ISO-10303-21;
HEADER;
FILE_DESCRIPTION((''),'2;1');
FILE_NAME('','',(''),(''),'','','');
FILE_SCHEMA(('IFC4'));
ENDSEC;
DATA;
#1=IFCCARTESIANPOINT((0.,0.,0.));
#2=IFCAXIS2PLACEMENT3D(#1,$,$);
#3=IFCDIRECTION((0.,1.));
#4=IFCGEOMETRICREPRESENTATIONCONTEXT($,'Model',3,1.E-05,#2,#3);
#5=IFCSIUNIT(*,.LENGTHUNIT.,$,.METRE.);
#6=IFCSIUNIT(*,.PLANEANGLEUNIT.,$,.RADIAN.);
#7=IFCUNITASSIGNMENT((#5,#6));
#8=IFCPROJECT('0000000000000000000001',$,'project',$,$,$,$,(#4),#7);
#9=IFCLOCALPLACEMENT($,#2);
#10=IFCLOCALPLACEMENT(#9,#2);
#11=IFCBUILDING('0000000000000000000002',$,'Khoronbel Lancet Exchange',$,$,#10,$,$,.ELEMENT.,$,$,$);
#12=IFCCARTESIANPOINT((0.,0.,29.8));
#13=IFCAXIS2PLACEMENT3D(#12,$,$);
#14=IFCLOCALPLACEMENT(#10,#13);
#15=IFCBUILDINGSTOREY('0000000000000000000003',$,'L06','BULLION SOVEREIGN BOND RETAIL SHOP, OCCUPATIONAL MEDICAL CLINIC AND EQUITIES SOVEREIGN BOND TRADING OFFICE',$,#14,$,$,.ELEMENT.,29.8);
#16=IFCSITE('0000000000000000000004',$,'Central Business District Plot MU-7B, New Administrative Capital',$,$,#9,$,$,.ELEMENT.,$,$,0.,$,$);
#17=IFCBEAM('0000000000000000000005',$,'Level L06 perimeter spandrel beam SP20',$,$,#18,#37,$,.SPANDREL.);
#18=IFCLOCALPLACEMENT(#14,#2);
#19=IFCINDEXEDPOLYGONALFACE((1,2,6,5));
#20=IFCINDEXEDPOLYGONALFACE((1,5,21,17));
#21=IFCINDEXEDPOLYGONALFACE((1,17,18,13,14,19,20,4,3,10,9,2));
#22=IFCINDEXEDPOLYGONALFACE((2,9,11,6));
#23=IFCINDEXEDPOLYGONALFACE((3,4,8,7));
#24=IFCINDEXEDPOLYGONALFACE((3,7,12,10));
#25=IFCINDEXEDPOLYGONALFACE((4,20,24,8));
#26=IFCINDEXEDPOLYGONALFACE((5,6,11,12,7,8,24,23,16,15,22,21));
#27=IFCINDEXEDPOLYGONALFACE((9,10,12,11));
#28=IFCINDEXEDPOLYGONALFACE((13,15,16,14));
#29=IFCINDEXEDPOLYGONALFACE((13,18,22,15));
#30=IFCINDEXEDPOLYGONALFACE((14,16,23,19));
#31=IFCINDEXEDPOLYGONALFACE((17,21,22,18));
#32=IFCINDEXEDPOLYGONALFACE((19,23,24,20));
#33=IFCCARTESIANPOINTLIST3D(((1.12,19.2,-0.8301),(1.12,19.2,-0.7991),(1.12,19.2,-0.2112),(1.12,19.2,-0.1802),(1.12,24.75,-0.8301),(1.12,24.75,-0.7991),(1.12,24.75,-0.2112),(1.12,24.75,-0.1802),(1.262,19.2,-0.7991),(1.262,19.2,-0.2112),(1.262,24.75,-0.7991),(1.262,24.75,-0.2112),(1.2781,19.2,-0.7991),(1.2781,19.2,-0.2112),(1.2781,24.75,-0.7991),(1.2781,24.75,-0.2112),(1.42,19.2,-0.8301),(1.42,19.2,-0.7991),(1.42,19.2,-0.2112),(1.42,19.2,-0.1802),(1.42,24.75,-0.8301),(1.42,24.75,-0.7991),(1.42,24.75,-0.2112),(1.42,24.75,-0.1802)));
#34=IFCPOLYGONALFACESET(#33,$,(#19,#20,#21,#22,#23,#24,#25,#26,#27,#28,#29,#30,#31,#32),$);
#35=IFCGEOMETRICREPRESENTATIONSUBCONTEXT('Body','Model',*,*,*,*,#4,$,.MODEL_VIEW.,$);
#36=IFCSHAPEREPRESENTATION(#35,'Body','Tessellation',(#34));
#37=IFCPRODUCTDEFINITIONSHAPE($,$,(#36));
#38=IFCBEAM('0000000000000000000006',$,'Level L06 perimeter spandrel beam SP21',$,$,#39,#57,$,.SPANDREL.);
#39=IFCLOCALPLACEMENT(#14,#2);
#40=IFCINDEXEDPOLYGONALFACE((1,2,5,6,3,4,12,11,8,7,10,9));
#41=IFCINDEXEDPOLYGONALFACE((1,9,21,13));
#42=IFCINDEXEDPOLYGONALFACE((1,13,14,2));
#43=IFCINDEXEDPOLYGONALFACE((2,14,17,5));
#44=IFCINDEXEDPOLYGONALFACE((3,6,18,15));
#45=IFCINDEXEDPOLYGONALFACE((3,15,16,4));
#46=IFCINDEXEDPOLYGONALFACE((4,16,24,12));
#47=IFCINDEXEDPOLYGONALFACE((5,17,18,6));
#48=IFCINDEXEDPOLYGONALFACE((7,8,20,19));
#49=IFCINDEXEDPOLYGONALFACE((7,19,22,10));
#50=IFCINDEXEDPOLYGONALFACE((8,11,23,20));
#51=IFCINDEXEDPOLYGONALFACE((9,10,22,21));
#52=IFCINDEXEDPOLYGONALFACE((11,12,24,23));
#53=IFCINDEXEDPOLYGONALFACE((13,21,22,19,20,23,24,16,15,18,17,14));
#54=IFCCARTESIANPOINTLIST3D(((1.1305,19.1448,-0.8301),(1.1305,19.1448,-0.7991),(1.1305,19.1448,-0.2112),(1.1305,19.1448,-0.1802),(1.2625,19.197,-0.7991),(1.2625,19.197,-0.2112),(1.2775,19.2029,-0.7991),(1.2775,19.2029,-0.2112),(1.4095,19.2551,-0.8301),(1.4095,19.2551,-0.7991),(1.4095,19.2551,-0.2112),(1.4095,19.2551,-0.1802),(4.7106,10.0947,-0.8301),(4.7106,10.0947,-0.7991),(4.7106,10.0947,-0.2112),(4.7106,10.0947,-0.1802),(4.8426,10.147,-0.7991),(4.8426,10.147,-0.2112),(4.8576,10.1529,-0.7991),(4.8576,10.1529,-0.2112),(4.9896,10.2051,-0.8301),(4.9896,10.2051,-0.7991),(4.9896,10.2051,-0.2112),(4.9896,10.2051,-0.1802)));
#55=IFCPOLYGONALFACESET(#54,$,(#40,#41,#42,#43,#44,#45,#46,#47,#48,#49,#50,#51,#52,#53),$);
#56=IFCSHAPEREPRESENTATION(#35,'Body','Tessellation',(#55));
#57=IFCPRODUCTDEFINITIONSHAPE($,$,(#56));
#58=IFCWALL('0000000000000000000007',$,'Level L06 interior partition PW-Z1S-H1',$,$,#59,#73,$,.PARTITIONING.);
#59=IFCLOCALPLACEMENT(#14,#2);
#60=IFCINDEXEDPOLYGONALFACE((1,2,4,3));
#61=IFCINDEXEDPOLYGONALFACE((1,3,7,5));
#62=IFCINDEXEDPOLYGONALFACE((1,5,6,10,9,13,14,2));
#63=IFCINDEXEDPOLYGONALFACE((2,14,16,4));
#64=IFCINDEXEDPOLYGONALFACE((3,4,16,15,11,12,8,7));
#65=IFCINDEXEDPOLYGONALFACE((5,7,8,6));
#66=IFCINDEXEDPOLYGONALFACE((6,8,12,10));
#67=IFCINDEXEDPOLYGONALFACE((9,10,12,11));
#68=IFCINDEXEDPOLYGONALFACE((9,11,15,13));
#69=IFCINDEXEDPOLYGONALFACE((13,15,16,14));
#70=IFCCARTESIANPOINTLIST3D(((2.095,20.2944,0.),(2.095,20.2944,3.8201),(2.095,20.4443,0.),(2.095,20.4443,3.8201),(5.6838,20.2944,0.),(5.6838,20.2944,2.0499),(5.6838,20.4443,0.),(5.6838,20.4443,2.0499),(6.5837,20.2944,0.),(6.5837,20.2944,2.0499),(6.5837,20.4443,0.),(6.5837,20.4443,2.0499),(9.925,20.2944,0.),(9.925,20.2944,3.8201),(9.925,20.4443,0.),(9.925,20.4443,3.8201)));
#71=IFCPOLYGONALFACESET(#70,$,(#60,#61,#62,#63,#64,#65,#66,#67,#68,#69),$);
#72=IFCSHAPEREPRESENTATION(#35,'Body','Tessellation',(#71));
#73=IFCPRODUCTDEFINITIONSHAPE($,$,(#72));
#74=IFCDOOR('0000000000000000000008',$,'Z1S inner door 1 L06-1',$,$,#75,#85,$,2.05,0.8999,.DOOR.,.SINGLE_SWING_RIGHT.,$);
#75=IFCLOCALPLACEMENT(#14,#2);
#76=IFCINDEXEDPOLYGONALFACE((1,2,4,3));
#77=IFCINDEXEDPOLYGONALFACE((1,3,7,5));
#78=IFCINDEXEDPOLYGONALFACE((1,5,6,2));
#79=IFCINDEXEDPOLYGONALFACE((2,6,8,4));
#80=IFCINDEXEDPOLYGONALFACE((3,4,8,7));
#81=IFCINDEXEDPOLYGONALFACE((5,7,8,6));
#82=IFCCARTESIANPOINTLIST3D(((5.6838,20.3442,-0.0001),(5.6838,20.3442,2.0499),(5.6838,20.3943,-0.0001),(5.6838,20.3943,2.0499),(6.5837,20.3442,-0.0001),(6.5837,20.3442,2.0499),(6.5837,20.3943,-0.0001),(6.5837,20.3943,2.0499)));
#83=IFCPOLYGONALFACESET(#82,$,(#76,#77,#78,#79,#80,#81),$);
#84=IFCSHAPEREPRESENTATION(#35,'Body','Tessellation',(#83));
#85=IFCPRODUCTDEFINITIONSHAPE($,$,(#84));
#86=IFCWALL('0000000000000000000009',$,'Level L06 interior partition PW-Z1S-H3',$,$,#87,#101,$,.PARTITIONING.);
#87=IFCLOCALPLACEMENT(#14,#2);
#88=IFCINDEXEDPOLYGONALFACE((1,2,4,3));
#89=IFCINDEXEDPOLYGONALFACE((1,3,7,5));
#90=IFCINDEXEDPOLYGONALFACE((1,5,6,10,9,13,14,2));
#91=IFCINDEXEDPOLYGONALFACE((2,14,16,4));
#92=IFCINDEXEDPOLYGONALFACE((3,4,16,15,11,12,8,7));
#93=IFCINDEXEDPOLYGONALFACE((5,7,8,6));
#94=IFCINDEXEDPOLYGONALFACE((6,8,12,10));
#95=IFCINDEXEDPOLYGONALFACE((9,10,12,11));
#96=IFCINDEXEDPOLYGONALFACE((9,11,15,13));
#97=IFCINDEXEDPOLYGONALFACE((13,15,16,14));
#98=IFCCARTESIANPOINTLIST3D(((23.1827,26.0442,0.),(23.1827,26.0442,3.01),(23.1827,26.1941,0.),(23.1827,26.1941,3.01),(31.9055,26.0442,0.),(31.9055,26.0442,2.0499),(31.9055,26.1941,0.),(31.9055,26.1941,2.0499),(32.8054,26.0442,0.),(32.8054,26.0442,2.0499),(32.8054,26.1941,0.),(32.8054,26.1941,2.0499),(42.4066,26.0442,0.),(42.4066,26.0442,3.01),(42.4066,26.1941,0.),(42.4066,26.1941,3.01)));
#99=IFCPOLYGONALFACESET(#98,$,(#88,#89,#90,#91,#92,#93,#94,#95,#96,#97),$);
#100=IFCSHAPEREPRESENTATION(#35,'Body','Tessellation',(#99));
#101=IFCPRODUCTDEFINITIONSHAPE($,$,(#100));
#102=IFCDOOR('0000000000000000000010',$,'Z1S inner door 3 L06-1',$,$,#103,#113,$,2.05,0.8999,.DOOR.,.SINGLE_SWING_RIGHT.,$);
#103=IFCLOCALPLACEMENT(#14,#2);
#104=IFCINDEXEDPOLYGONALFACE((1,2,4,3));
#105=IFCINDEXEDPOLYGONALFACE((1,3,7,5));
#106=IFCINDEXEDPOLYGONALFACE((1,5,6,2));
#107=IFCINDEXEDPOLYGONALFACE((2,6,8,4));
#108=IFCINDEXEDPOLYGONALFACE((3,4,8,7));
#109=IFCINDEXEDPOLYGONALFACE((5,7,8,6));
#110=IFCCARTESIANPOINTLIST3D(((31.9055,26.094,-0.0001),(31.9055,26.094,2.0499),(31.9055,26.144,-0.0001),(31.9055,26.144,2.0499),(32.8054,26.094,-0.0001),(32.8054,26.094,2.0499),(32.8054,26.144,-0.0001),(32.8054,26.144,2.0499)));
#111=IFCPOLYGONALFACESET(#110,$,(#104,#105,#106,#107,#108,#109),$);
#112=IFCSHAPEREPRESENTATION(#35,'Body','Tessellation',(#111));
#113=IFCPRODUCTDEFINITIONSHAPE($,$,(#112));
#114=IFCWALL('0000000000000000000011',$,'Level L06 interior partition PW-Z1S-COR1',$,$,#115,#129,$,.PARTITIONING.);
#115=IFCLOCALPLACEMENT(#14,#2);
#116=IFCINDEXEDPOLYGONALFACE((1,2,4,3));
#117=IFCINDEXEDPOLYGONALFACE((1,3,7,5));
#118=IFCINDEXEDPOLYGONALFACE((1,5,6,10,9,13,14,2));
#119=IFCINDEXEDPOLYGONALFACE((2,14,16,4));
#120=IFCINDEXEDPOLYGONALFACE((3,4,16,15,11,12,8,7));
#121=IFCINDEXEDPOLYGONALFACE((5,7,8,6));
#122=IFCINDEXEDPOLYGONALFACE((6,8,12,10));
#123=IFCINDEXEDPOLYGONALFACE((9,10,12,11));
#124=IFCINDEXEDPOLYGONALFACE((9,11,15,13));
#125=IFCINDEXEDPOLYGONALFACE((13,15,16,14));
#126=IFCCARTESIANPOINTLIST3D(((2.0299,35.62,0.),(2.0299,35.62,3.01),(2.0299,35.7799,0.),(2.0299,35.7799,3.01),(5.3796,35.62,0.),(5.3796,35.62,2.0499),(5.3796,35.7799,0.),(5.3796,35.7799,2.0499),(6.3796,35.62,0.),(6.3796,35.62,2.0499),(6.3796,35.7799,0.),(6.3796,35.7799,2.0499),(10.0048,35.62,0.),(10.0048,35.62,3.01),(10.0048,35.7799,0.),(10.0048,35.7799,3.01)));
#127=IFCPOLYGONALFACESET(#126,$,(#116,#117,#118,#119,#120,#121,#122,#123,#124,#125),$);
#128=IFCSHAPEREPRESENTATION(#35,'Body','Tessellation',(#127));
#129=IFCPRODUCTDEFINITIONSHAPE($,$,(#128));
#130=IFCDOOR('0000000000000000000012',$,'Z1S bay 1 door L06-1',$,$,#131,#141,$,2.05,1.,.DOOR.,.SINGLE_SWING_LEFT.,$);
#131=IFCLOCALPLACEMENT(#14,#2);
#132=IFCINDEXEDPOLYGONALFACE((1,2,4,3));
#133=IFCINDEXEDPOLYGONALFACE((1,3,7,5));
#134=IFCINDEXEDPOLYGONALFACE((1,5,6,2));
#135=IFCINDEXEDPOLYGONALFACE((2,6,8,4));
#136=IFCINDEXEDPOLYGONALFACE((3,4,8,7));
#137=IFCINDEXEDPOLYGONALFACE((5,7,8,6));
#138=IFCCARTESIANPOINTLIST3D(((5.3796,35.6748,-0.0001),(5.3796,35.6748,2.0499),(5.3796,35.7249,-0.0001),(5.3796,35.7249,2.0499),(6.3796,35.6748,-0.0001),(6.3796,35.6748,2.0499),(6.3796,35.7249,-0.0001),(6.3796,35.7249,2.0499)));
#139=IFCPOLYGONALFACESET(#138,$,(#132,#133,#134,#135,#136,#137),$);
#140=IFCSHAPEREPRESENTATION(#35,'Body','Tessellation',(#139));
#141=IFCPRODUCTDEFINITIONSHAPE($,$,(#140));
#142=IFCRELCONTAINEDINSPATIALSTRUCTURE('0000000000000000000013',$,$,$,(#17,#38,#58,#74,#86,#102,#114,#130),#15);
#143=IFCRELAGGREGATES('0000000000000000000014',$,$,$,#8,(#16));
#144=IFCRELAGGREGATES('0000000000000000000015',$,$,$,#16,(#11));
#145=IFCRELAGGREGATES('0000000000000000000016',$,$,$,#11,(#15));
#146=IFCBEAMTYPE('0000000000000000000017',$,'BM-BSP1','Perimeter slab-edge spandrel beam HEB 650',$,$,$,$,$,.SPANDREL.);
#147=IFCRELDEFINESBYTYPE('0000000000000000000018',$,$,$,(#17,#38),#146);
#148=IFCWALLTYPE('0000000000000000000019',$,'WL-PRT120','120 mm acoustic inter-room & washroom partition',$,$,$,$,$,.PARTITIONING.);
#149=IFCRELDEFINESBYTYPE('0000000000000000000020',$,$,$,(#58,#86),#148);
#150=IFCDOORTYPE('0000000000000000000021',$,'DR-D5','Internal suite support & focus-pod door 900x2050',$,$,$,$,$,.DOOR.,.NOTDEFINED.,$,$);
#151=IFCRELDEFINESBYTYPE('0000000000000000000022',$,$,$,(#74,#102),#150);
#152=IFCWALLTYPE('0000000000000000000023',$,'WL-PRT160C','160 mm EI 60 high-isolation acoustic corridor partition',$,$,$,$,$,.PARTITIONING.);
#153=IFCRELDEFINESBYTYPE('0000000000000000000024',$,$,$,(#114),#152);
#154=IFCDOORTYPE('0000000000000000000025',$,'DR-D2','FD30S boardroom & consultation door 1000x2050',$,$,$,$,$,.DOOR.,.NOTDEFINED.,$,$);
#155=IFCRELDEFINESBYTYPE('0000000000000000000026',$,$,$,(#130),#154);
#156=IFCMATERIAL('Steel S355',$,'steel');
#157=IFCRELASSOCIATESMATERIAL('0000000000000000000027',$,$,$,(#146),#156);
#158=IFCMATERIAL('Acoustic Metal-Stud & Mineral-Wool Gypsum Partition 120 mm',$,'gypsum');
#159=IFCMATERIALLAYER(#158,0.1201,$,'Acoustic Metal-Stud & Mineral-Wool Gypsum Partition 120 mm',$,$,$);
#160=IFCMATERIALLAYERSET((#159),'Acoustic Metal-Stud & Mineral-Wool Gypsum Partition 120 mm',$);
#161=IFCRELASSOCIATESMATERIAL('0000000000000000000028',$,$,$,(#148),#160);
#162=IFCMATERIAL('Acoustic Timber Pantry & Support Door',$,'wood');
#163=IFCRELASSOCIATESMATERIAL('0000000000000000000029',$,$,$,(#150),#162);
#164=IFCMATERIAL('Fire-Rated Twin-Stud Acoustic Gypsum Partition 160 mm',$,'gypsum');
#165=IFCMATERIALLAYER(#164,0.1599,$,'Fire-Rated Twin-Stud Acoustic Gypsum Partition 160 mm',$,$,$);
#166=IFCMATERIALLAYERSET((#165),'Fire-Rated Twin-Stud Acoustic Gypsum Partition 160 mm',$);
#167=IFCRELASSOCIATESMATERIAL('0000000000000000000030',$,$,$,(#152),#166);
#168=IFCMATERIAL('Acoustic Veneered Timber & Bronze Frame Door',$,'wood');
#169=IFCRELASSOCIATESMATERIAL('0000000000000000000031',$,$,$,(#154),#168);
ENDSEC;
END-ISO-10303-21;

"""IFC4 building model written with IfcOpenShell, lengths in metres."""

from ifc_helpers import new_model, si_unit, direction, frame, frame_2d, origin, origin_2d, place, context, subcontext, project, spatial, rectangle, i_section, extrude, material, layer, layer_set, material_profile, profile_set, type_object, element, fill, save


model = new_model("IFC4")

# Units and contexts
model_context = context("Model", 3, precision=1e-05, world=origin(), true_north=direction((0.0, 1.0)))
body_context = subcontext(model_context, "Body", "Model", "MODEL_VIEW")
ifc_project = project(units=[si_unit("LENGTHUNIT", "METRE"), si_unit("PLANEANGLEUNIT", "RADIAN")], contexts=[model_context])

# Site, building, storey
site_placement = place(None, origin())
site = spatial("IfcSite", under=ifc_project, at=site_placement, Name="Central Business District Plot MU-7B, New Administrative Capital", CompositionType="ELEMENT", RefElevation=0.0)
building_placement = place(site_placement, origin())
building = spatial("IfcBuilding", under=site, at=building_placement, Name="Khoronbel Lancet Exchange", CompositionType="ELEMENT")
storey_placement = place(building_placement, frame((0.0, 0.0, 29.8)))
storey = spatial("IfcBuildingStorey", under=building, at=storey_placement, Name="L06", Description="BULLION SOVEREIGN BOND RETAIL SHOP, OCCUPATIONAL MEDICAL CLINIC AND EQUITIES SOVEREIGN BOND TRADING OFFICE", CompositionType="ELEMENT", Elevation=29.8)

# Shared definitions
ifc_material_1 = material(Name="Steel S355", Category="steel")

# Beams
ifc_material_profile_1 = material_profile(ifc_material_1, i_section(OverallWidth=0.3, OverallDepth=0.6499, WebThickness=0.0161, FlangeThickness=0.031, at=origin_2d()), Name="HEB 650")
ifc_profile_set_1 = profile_set([ifc_material_profile_1], Name="Steel S355")
beam_type_1 = type_object("IfcBeamType", Name="BM-BSP1", Description="Perimeter slab-edge spandrel beam HEB 650", PredefinedType="SPANDREL", material=ifc_profile_set_1)
beam_1_placement = place(storey_placement, frame((1.27, 24.75, -0.5051), z_axis=(0.0, -1.0, 0.0), x_axis=(1.0, 0.0, 0.0)))
element("IfcBeam", 1, at=beam_1_placement, inside=storey, type_object=beam_type_1, Name="Level L06 perimeter spandrel beam SP20", PredefinedType="SPANDREL", context=body_context, shape_type="SweptSolid", body=[
    extrude(i_section(OverallWidth=0.3, OverallDepth=0.6499, WebThickness=0.0161, FlangeThickness=0.031, at=origin_2d()), origin(), (0.0, 0.0, 1.0), 5.55),
])
beam_2_placement = place(storey_placement, frame((1.27, 19.2, -0.5051), z_axis=(0.36785, -0.929885, 0.0), x_axis=(0.929885, 0.36785, 0.0)))
element("IfcBeam", 2, at=beam_2_placement, inside=storey, type_object=beam_type_1, Name="Level L06 perimeter spandrel beam SP21", PredefinedType="SPANDREL", context=body_context, shape_type="SweptSolid", body=[
    extrude(i_section(OverallWidth=0.3, OverallDepth=0.6499, WebThickness=0.0161, FlangeThickness=0.031, at=origin_2d()), origin(), (0.0, 0.0, 1.0), 9.7324),
])

# Walls, openings, doors
ifc_material_2 = material(Name="Acoustic Metal-Stud & Mineral-Wool Gypsum Partition 120 mm", Category="gypsum")
ifc_layer_1 = layer(ifc_material_2, 0.1201, Name="Acoustic Metal-Stud & Mineral-Wool Gypsum Partition 120 mm")
ifc_layer_set_1 = layer_set([ifc_layer_1], Name="Acoustic Metal-Stud & Mineral-Wool Gypsum Partition 120 mm")
wall_type_1 = type_object("IfcWallType", Name="WL-PRT120", Description="120 mm acoustic inter-room & washroom partition", PredefinedType="PARTITIONING", material=ifc_layer_set_1)
wall_1_placement = place(storey_placement, frame((2.095, 20.3694, 0.0), z_axis=(0.0, 0.0, 1.0), x_axis=(1.0, 0.0, 0.0)))
wall_1 = element("IfcWall", 3, at=wall_1_placement, inside=storey, type_object=wall_type_1, Name="Level L06 interior partition PW-Z1S-H1", PredefinedType="PARTITIONING", context=body_context, shape_type="SweptSolid", body=[
    extrude(rectangle(XDim=7.8301, YDim=0.1499, at=frame_2d((3.915, 0.0))), origin(), (0.0, 0.0, 1.0), 3.8201),
])
opening_1_placement = place(wall_1_placement, frame((3.5889, 0.0, 0.0)))
opening_1 = element("IfcOpeningElement", 4, at=opening_1_placement, cuts=wall_1, PredefinedType="OPENING", context=body_context, shape_type="SweptSolid", body=[
    extrude(rectangle(XDim=0.8999, YDim=2.05, at=frame_2d((0.45, 1.0249))), frame((0.0, 0.085, 0.0), z_axis=(0.0, -1.0, 0.0), x_axis=(1.0, 0.0, 0.0)), (0.0, 0.0, 1.0), 0.1699),
])
ifc_material_3 = material(Name="Acoustic Timber Pantry & Support Door", Category="wood")
door_type_1 = type_object("IfcDoorType", Name="DR-D5", Description="Internal suite support & focus-pod door 900x2050", OperationType="NOTDEFINED", PredefinedType="DOOR", material=ifc_material_3)
door_1_placement = place(opening_1_placement, origin())
door_1 = element("IfcDoor", 5, at=door_1_placement, inside=storey, type_object=door_type_1, Name="Z1S inner door 1 L06-1", OperationType="SINGLE_SWING_RIGHT", OverallHeight=2.05, OverallWidth=0.8999, PredefinedType="DOOR", context=body_context, shape_type="SweptSolid", body=[
    extrude(rectangle(XDim=0.8999, YDim=2.05, at=frame_2d((0.45, 1.0249))), frame((0.0, 0.0249, 0.0), z_axis=(0.0, -1.0, 0.0), x_axis=(1.0, 0.0, 0.0)), (0.0, 0.0, 1.0), 0.05),
])
fill(opening_1, door_1)
wall_2_placement = place(storey_placement, frame((23.1829, 26.1191, 0.0), z_axis=(0.0, 0.0, 1.0), x_axis=(1.0, 0.0, 0.0)))
wall_2 = element("IfcWall", 6, at=wall_2_placement, inside=storey, type_object=wall_type_1, Name="Level L06 interior partition PW-Z1S-H3", PredefinedType="PARTITIONING", context=body_context, shape_type="SweptSolid", body=[
    extrude(rectangle(XDim=19.2239, YDim=0.1499, at=frame_2d((9.6118, 0.0))), origin(), (0.0, 0.0, 1.0), 3.01),
])
opening_2_placement = place(wall_2_placement, frame((8.7227, 0.0, 0.0)))
opening_2 = element("IfcOpeningElement", 7, at=opening_2_placement, cuts=wall_2, PredefinedType="OPENING", context=body_context, shape_type="SweptSolid", body=[
    extrude(rectangle(XDim=0.8999, YDim=2.05, at=frame_2d((0.45, 1.0249))), frame((0.0, 0.085, 0.0), z_axis=(0.0, -1.0, 0.0), x_axis=(1.0, 0.0, 0.0)), (0.0, 0.0, 1.0), 0.1699),
])
door_2_placement = place(opening_2_placement, origin())
door_2 = element("IfcDoor", 8, at=door_2_placement, inside=storey, type_object=door_type_1, Name="Z1S inner door 3 L06-1", OperationType="SINGLE_SWING_RIGHT", OverallHeight=2.05, OverallWidth=0.8999, PredefinedType="DOOR", context=body_context, shape_type="SweptSolid", body=[
    extrude(rectangle(XDim=0.8999, YDim=2.05, at=frame_2d((0.45, 1.0249))), frame((0.0, 0.0249, 0.0), z_axis=(0.0, -1.0, 0.0), x_axis=(1.0, 0.0, 0.0)), (0.0, 0.0, 1.0), 0.05),
])
fill(opening_2, door_2)
ifc_material_4 = material(Name="Fire-Rated Twin-Stud Acoustic Gypsum Partition 160 mm", Category="gypsum")
ifc_layer_2 = layer(ifc_material_4, 0.1599, Name="Fire-Rated Twin-Stud Acoustic Gypsum Partition 160 mm")
ifc_layer_set_2 = layer_set([ifc_layer_2], Name="Fire-Rated Twin-Stud Acoustic Gypsum Partition 160 mm")
wall_type_2 = type_object("IfcWallType", Name="WL-PRT160C", Description="160 mm EI 60 high-isolation acoustic corridor partition", PredefinedType="PARTITIONING", material=ifc_layer_set_2)
wall_3_placement = place(storey_placement, frame((2.03, 35.7, 0.0), z_axis=(0.0, 0.0, 1.0), x_axis=(1.0, 0.0, 0.0)))
wall_3 = element("IfcWall", 9, at=wall_3_placement, inside=storey, type_object=wall_type_2, Name="Level L06 interior partition PW-Z1S-COR1", PredefinedType="PARTITIONING", context=body_context, shape_type="SweptSolid", body=[
    extrude(rectangle(XDim=7.9749, YDim=0.1599, at=frame_2d((3.9873, 0.0))), origin(), (0.0, 0.0, 1.0), 3.01),
])
opening_3_placement = place(wall_3_placement, frame((3.3496, 0.0, 0.0)))
opening_3 = element("IfcOpeningElement", 10, at=opening_3_placement, cuts=wall_3, PredefinedType="OPENING", context=body_context, shape_type="SweptSolid", body=[
    extrude(rectangle(XDim=1.0, YDim=2.05, at=frame_2d((0.5, 1.0249))), frame((0.0, 0.0898, 0.0), z_axis=(0.0, -1.0, 0.0), x_axis=(1.0, 0.0, 0.0)), (0.0, 0.0, 1.0), 0.1799),
])
ifc_material_5 = material(Name="Acoustic Veneered Timber & Bronze Frame Door", Category="wood")
door_type_2 = type_object("IfcDoorType", Name="DR-D2", Description="FD30S boardroom & consultation door 1000x2050", OperationType="NOTDEFINED", PredefinedType="DOOR", material=ifc_material_5)
door_3_placement = place(opening_3_placement, origin())
door_3 = element("IfcDoor", 11, at=door_3_placement, inside=storey, type_object=door_type_2, Name="Z1S bay 1 door L06-1", OperationType="SINGLE_SWING_LEFT", OverallHeight=2.05, OverallWidth=1.0, PredefinedType="DOOR", context=body_context, shape_type="SweptSolid", body=[
    extrude(rectangle(XDim=1.0, YDim=2.05, at=frame_2d((0.5, 1.0249))), frame((0.0, 0.0249, 0.0), z_axis=(0.0, -1.0, 0.0), x_axis=(1.0, 0.0, 0.0)), (0.0, 0.0, 1.0), 0.05),
])
fill(opening_3, door_3)

save(model, "model.ifc")
